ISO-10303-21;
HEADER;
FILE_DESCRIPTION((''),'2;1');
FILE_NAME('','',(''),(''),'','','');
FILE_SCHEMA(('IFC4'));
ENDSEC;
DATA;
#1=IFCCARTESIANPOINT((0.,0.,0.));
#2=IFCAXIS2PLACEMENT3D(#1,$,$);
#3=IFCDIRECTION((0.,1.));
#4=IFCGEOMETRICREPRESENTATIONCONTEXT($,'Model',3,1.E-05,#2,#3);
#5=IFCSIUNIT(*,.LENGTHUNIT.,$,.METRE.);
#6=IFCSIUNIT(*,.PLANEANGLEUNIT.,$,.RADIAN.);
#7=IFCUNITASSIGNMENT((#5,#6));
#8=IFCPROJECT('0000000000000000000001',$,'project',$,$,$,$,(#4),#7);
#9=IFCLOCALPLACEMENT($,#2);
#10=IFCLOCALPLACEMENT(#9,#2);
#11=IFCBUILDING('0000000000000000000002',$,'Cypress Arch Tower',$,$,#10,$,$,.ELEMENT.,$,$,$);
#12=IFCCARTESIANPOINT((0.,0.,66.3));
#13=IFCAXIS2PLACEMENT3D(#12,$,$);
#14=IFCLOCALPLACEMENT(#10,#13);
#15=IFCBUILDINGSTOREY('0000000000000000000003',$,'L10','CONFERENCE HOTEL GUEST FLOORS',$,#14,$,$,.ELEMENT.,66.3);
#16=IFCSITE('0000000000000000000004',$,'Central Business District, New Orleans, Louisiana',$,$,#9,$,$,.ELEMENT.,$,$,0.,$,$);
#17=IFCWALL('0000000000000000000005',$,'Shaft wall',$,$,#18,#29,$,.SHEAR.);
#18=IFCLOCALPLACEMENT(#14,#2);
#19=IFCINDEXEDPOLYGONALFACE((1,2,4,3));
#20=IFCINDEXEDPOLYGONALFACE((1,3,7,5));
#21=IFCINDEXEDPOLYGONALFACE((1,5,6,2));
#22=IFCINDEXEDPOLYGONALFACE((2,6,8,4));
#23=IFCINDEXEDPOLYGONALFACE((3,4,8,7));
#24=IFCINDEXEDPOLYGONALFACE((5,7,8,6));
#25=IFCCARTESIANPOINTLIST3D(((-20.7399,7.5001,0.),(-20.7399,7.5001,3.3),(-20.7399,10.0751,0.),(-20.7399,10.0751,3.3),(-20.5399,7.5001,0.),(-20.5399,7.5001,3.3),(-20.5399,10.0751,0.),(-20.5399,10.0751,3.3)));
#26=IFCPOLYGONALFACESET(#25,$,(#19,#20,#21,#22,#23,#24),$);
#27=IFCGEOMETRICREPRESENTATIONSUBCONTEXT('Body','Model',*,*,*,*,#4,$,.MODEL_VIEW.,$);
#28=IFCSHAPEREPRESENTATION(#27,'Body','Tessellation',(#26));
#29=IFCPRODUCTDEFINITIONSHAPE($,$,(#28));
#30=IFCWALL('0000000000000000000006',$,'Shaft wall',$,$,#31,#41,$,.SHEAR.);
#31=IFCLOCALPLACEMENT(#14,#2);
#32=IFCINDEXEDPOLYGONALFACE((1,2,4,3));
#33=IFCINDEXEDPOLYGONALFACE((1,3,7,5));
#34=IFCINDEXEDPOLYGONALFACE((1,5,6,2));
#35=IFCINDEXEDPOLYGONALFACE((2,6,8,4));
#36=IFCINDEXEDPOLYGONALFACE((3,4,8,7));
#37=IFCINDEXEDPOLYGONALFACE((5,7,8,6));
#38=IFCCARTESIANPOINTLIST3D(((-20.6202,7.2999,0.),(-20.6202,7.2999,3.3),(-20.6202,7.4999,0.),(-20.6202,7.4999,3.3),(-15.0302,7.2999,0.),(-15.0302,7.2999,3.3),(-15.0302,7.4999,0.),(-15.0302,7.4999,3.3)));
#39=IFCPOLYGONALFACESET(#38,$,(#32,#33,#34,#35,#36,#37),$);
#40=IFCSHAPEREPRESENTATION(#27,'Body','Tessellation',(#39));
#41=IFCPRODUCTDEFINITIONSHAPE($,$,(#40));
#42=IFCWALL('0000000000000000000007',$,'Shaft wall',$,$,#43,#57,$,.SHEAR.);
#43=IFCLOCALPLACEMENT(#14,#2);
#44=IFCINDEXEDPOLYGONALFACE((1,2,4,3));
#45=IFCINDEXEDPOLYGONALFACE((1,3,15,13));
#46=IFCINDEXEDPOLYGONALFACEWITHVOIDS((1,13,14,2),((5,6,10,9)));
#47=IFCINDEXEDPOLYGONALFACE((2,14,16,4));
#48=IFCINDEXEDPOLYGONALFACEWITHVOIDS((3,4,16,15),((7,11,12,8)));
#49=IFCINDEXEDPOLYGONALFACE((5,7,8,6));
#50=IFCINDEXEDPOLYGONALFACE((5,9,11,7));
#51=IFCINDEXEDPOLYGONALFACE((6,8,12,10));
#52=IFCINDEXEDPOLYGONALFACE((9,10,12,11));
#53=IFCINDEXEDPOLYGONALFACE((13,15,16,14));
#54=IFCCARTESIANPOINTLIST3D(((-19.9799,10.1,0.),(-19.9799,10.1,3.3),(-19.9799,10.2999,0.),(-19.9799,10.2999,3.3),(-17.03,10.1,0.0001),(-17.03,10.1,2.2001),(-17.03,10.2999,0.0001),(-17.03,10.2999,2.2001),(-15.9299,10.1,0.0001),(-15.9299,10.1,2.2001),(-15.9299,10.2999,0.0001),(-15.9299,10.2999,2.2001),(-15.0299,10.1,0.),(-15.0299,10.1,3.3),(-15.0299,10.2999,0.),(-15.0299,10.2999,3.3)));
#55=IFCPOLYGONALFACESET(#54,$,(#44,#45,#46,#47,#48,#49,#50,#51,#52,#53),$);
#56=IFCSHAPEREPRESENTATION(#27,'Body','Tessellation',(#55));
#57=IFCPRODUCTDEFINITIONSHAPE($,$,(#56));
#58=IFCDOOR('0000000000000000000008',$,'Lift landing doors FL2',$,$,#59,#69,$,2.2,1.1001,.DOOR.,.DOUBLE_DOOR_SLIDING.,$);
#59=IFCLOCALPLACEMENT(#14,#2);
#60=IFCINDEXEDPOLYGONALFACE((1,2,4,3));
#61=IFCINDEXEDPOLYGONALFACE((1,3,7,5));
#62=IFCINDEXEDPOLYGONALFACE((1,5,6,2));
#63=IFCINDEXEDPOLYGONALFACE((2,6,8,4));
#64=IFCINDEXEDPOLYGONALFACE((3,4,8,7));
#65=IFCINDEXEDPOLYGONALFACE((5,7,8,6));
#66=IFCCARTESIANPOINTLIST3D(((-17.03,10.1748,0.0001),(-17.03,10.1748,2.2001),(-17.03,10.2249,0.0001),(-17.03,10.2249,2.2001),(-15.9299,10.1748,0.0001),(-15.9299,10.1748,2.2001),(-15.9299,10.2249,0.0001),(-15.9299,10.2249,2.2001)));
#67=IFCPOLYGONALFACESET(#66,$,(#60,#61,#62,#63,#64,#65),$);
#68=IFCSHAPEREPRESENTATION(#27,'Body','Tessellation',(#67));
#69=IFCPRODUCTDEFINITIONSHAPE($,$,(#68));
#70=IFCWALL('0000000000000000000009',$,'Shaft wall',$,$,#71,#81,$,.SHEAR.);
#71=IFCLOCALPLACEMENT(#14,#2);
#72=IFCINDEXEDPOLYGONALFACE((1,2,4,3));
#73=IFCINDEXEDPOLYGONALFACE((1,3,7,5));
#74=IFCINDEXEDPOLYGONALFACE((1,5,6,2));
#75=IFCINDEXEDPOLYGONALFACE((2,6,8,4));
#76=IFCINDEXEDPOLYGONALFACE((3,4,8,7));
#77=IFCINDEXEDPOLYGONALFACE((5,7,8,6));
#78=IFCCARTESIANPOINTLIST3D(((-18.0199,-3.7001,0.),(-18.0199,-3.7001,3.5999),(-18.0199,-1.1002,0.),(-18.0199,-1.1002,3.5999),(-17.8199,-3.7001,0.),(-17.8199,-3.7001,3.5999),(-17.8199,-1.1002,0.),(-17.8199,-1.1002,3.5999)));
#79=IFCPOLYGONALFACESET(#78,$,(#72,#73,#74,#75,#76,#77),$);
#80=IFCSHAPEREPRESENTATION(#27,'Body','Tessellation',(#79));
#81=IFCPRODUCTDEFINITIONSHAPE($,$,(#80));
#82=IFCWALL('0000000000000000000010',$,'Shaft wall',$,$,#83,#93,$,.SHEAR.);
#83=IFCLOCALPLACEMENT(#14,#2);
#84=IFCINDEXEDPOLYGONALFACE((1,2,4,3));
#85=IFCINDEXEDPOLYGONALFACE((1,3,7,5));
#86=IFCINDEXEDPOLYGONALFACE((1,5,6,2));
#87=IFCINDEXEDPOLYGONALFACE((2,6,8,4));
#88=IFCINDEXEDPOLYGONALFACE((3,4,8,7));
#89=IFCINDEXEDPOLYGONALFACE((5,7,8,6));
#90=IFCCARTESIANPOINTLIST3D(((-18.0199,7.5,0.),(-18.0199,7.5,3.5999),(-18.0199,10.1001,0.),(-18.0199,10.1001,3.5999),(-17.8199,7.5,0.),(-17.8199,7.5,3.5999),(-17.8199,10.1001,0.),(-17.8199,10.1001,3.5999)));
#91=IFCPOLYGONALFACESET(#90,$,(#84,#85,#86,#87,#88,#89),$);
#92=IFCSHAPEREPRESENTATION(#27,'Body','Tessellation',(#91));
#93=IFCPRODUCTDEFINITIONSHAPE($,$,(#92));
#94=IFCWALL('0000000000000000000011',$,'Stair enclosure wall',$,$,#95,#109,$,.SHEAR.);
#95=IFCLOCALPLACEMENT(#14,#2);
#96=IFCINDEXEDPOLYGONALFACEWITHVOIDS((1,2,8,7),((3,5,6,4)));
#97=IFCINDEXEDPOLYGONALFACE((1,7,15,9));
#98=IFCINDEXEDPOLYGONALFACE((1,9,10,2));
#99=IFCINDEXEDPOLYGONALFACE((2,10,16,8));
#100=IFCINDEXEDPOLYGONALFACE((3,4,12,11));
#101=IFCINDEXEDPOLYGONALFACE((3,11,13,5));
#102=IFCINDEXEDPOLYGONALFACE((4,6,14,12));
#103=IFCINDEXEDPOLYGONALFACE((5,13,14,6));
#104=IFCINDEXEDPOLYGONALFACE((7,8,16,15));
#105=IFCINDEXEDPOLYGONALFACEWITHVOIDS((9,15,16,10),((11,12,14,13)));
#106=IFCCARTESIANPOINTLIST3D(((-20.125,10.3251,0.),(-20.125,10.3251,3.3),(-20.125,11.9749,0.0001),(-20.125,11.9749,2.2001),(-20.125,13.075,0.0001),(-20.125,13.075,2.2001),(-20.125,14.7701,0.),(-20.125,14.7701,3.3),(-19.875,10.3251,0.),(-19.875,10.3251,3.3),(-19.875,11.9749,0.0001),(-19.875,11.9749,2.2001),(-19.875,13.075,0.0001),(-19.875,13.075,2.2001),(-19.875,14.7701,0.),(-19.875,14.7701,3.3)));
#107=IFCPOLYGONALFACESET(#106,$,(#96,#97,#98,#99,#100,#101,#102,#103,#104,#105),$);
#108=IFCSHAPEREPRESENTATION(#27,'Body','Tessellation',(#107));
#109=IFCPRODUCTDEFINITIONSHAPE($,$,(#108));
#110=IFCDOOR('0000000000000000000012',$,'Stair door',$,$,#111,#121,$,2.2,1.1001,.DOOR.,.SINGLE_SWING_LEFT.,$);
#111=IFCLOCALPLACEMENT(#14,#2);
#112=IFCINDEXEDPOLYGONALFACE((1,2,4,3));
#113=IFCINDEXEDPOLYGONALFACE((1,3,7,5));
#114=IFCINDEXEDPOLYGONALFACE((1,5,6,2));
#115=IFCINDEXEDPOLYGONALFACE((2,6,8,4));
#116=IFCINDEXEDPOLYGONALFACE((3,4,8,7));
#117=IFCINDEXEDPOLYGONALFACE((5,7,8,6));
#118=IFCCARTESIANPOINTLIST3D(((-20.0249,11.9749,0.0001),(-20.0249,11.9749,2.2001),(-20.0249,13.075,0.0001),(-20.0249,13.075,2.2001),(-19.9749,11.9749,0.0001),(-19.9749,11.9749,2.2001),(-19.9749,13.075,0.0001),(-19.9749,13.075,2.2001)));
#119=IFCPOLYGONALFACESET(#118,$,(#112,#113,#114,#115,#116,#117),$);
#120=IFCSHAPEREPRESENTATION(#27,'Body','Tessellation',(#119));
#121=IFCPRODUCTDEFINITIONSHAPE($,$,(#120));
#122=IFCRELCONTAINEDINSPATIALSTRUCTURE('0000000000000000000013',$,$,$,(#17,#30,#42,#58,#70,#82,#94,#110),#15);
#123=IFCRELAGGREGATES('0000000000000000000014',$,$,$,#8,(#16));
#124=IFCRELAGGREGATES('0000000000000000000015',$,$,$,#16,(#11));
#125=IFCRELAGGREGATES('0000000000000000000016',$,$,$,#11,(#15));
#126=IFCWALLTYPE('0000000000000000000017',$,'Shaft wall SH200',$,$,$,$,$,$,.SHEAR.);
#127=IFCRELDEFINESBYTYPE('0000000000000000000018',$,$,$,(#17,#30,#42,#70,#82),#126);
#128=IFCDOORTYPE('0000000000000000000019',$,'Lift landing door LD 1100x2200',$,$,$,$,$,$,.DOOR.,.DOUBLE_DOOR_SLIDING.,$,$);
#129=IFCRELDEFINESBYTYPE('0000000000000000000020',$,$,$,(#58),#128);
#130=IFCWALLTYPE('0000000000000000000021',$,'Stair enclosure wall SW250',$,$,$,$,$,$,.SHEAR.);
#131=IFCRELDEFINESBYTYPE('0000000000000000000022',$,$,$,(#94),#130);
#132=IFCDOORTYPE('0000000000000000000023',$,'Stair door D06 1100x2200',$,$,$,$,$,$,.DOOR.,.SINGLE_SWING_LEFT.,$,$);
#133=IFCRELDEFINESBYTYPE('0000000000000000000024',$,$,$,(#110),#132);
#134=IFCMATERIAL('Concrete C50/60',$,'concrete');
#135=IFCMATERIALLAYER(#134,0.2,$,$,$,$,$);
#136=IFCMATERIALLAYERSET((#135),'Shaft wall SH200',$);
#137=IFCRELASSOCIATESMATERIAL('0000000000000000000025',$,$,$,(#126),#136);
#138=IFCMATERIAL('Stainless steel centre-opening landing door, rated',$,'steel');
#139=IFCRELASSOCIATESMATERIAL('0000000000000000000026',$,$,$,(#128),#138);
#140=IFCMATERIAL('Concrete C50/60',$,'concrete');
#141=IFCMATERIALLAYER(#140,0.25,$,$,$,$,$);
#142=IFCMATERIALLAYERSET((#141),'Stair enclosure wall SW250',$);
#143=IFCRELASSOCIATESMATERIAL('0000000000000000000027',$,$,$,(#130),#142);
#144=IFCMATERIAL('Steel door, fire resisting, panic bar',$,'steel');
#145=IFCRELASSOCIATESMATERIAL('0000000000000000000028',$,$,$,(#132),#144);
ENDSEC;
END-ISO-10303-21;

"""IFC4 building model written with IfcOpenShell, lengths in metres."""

from ifc_helpers import new_model, si_unit, direction, frame, frame_2d, origin, place, context, subcontext, project, spatial, rectangle, extrude, material, layer, layer_set, type_object, element, fill, save


model = new_model("IFC4")

# Units and contexts
model_context = context("Model", 3, precision=1e-05, world=origin(), true_north=direction((0.0, 1.0)))
body_context = subcontext(model_context, "Body", "Model", "MODEL_VIEW")
ifc_project = project(units=[si_unit("LENGTHUNIT", "METRE"), si_unit("PLANEANGLEUNIT", "RADIAN")], contexts=[model_context])

# Site, building, storey
site_placement = place(None, origin())
site = spatial("IfcSite", under=ifc_project, at=site_placement, Name="Central Business District, New Orleans, Louisiana", CompositionType="ELEMENT", RefElevation=0.0)
building_placement = place(site_placement, origin())
building = spatial("IfcBuilding", under=site, at=building_placement, Name="Cypress Arch Tower", CompositionType="ELEMENT")
storey_placement = place(building_placement, frame((0.0, 0.0, 66.3)))
storey = spatial("IfcBuildingStorey", under=building, at=storey_placement, Name="L10", Description="CONFERENCE HOTEL GUEST FLOORS", CompositionType="ELEMENT", Elevation=66.3)

# Walls
ifc_material_1 = material(Name="Concrete C50/60", Category="concrete")
ifc_layer_1 = layer(ifc_material_1, 0.2)
ifc_layer_set_1 = layer_set([ifc_layer_1], Name="Shaft wall SH200")
wall_type_1 = type_object("IfcWallType", Name="Shaft wall SH200", PredefinedType="SHEAR", material=ifc_layer_set_1)
wall_1_placement = place(storey_placement, frame((-20.6399, 7.5, 0.0), z_axis=(0.0, 0.0, 1.0), x_axis=(0.0, 1.0, 0.0)))
element("IfcWall", 1, at=wall_1_placement, inside=storey, type_object=wall_type_1, Name="Shaft wall", PredefinedType="SHEAR", context=body_context, shape_type="SweptSolid", body=[
    extrude(rectangle(XDim=2.575, YDim=0.2, at=frame_2d((1.2876, 0.0))), origin(), (0.0, 0.0, 1.0), 3.3),
])
wall_2_placement = place(storey_placement, frame((-20.6201, 7.3999, 0.0), z_axis=(0.0, 0.0, 1.0), x_axis=(1.0, 0.0, 0.0)))
element("IfcWall", 2, at=wall_2_placement, inside=storey, type_object=wall_type_1, Name="Shaft wall", PredefinedType="SHEAR", context=body_context, shape_type="SweptSolid", body=[
    extrude(rectangle(XDim=5.5901, YDim=0.2, at=frame_2d((2.7949, 0.0))), origin(), (0.0, 0.0, 1.0), 3.3),
])

# Wall, opening, door
wall_3_placement = place(storey_placement, frame((-19.98, 10.2, 0.0), z_axis=(0.0, 0.0, 1.0), x_axis=(1.0, 0.0, 0.0)))
wall_3 = element("IfcWall", 3, at=wall_3_placement, inside=storey, type_object=wall_type_1, Name="Shaft wall", PredefinedType="SHEAR", context=body_context, shape_type="SweptSolid", body=[
    extrude(rectangle(XDim=4.95, YDim=0.2, at=frame_2d((2.4751, 0.0))), origin(), (0.0, 0.0, 1.0), 3.3),
])
opening_1_placement = place(wall_3_placement, frame((2.95, 0.0, 0.0)))
opening_1 = element("IfcOpeningElement", 4, at=opening_1_placement, cuts=wall_3, PredefinedType="OPENING", context=body_context, shape_type="SweptSolid", body=[
    extrude(rectangle(XDim=1.1001, YDim=2.2, at=frame_2d((0.55, 1.1001))), frame((0.0, 0.1099, 0.0), z_axis=(0.0, -1.0, 0.0), x_axis=(1.0, 0.0, 0.0)), (0.0, 0.0, 1.0), 0.22),
])
ifc_material_2 = material(Name="Stainless steel centre-opening landing door, rated", Category="steel")
door_type_1 = type_object("IfcDoorType", Name="Lift landing door LD 1100x2200", OperationType="DOUBLE_DOOR_SLIDING", PredefinedType="DOOR", material=ifc_material_2)
door_1_placement = place(opening_1_placement, origin())
door_1 = element("IfcDoor", 5, at=door_1_placement, inside=storey, type_object=door_type_1, Name="Lift landing doors FL2", OperationType="DOUBLE_DOOR_SLIDING", OverallHeight=2.2, OverallWidth=1.1001, PredefinedType="DOOR", context=body_context, shape_type="SweptSolid", body=[
    extrude(rectangle(XDim=1.1001, YDim=2.2, at=frame_2d((0.55, 1.1001))), frame((0.0, 0.0249, 0.0), z_axis=(0.0, -1.0, 0.0), x_axis=(1.0, 0.0, 0.0)), (0.0, 0.0, 1.0), 0.05),
])
fill(opening_1, door_1)

# Walls
wall_4_placement = place(storey_placement, frame((-17.9199, -3.7, 0.0), z_axis=(0.0, 0.0, 1.0), x_axis=(0.0, 1.0, 0.0)))
element("IfcWall", 6, at=wall_4_placement, inside=storey, type_object=wall_type_1, Name="Shaft wall", PredefinedType="SHEAR", context=body_context, shape_type="SweptSolid", body=[
    extrude(rectangle(XDim=2.5999, YDim=0.2, at=frame_2d((1.2998, 0.0))), origin(), (0.0, 0.0, 1.0), 3.5999),
])
wall_5_placement = place(storey_placement, frame((-17.9199, 7.5, 0.0), z_axis=(0.0, 0.0, 1.0), x_axis=(0.0, 1.0, 0.0)))
element("IfcWall", 7, at=wall_5_placement, inside=storey, type_object=wall_type_1, Name="Shaft wall", PredefinedType="SHEAR", context=body_context, shape_type="SweptSolid", body=[
    extrude(rectangle(XDim=2.6001, YDim=0.2, at=frame_2d((1.3, 0.0))), origin(), (0.0, 0.0, 1.0), 3.5999),
])

# Wall, opening, door
ifc_material_3 = material(Name="Concrete C50/60", Category="concrete")
ifc_layer_2 = layer(ifc_material_3, 0.25)
ifc_layer_set_2 = layer_set([ifc_layer_2], Name="Stair enclosure wall SW250")
wall_type_2 = type_object("IfcWallType", Name="Stair enclosure wall SW250", PredefinedType="SHEAR", material=ifc_layer_set_2)
wall_6_placement = place(storey_placement, frame((-20.0, 10.325, 0.0), z_axis=(0.0, 0.0, 1.0), x_axis=(0.0, 1.0, 0.0)))
wall_6 = element("IfcWall", 8, at=wall_6_placement, inside=storey, type_object=wall_type_2, Name="Stair enclosure wall", PredefinedType="SHEAR", context=body_context, shape_type="SweptSolid", body=[
    extrude(rectangle(XDim=4.4451, YDim=0.25, at=frame_2d((2.2227, 0.0))), origin(), (0.0, 0.0, 1.0), 3.3),
])
opening_2_placement = place(wall_6_placement, frame((1.6499, 0.0, 0.0)))
opening_2 = element("IfcOpeningElement", 9, at=opening_2_placement, cuts=wall_6, PredefinedType="OPENING", context=body_context, shape_type="SweptSolid", body=[
    extrude(rectangle(XDim=1.1001, YDim=2.2, at=frame_2d((0.55, 1.1001))), frame((0.0, 0.135, 0.0), z_axis=(0.0, -1.0, 0.0), x_axis=(1.0, 0.0, 0.0)), (0.0, 0.0, 1.0), 0.27),
])
ifc_material_4 = material(Name="Steel door, fire resisting, panic bar", Category="steel")
door_type_2 = type_object("IfcDoorType", Name="Stair door D06 1100x2200", OperationType="SINGLE_SWING_LEFT", PredefinedType="DOOR", material=ifc_material_4)
door_2_placement = place(opening_2_placement, origin())
door_2 = element("IfcDoor", 10, at=door_2_placement, inside=storey, type_object=door_type_2, Name="Stair door", OperationType="SINGLE_SWING_LEFT", OverallHeight=2.2, OverallWidth=1.1001, PredefinedType="DOOR", context=body_context, shape_type="SweptSolid", body=[
    extrude(rectangle(XDim=1.1001, YDim=2.2, at=frame_2d((0.55, 1.1001))), frame((0.0, 0.0249, 0.0), z_axis=(0.0, -1.0, 0.0), x_axis=(1.0, 0.0, 0.0)), (0.0, 0.0, 1.0), 0.05),
])
fill(opening_2, door_2)

save(model, "model.ifc")
